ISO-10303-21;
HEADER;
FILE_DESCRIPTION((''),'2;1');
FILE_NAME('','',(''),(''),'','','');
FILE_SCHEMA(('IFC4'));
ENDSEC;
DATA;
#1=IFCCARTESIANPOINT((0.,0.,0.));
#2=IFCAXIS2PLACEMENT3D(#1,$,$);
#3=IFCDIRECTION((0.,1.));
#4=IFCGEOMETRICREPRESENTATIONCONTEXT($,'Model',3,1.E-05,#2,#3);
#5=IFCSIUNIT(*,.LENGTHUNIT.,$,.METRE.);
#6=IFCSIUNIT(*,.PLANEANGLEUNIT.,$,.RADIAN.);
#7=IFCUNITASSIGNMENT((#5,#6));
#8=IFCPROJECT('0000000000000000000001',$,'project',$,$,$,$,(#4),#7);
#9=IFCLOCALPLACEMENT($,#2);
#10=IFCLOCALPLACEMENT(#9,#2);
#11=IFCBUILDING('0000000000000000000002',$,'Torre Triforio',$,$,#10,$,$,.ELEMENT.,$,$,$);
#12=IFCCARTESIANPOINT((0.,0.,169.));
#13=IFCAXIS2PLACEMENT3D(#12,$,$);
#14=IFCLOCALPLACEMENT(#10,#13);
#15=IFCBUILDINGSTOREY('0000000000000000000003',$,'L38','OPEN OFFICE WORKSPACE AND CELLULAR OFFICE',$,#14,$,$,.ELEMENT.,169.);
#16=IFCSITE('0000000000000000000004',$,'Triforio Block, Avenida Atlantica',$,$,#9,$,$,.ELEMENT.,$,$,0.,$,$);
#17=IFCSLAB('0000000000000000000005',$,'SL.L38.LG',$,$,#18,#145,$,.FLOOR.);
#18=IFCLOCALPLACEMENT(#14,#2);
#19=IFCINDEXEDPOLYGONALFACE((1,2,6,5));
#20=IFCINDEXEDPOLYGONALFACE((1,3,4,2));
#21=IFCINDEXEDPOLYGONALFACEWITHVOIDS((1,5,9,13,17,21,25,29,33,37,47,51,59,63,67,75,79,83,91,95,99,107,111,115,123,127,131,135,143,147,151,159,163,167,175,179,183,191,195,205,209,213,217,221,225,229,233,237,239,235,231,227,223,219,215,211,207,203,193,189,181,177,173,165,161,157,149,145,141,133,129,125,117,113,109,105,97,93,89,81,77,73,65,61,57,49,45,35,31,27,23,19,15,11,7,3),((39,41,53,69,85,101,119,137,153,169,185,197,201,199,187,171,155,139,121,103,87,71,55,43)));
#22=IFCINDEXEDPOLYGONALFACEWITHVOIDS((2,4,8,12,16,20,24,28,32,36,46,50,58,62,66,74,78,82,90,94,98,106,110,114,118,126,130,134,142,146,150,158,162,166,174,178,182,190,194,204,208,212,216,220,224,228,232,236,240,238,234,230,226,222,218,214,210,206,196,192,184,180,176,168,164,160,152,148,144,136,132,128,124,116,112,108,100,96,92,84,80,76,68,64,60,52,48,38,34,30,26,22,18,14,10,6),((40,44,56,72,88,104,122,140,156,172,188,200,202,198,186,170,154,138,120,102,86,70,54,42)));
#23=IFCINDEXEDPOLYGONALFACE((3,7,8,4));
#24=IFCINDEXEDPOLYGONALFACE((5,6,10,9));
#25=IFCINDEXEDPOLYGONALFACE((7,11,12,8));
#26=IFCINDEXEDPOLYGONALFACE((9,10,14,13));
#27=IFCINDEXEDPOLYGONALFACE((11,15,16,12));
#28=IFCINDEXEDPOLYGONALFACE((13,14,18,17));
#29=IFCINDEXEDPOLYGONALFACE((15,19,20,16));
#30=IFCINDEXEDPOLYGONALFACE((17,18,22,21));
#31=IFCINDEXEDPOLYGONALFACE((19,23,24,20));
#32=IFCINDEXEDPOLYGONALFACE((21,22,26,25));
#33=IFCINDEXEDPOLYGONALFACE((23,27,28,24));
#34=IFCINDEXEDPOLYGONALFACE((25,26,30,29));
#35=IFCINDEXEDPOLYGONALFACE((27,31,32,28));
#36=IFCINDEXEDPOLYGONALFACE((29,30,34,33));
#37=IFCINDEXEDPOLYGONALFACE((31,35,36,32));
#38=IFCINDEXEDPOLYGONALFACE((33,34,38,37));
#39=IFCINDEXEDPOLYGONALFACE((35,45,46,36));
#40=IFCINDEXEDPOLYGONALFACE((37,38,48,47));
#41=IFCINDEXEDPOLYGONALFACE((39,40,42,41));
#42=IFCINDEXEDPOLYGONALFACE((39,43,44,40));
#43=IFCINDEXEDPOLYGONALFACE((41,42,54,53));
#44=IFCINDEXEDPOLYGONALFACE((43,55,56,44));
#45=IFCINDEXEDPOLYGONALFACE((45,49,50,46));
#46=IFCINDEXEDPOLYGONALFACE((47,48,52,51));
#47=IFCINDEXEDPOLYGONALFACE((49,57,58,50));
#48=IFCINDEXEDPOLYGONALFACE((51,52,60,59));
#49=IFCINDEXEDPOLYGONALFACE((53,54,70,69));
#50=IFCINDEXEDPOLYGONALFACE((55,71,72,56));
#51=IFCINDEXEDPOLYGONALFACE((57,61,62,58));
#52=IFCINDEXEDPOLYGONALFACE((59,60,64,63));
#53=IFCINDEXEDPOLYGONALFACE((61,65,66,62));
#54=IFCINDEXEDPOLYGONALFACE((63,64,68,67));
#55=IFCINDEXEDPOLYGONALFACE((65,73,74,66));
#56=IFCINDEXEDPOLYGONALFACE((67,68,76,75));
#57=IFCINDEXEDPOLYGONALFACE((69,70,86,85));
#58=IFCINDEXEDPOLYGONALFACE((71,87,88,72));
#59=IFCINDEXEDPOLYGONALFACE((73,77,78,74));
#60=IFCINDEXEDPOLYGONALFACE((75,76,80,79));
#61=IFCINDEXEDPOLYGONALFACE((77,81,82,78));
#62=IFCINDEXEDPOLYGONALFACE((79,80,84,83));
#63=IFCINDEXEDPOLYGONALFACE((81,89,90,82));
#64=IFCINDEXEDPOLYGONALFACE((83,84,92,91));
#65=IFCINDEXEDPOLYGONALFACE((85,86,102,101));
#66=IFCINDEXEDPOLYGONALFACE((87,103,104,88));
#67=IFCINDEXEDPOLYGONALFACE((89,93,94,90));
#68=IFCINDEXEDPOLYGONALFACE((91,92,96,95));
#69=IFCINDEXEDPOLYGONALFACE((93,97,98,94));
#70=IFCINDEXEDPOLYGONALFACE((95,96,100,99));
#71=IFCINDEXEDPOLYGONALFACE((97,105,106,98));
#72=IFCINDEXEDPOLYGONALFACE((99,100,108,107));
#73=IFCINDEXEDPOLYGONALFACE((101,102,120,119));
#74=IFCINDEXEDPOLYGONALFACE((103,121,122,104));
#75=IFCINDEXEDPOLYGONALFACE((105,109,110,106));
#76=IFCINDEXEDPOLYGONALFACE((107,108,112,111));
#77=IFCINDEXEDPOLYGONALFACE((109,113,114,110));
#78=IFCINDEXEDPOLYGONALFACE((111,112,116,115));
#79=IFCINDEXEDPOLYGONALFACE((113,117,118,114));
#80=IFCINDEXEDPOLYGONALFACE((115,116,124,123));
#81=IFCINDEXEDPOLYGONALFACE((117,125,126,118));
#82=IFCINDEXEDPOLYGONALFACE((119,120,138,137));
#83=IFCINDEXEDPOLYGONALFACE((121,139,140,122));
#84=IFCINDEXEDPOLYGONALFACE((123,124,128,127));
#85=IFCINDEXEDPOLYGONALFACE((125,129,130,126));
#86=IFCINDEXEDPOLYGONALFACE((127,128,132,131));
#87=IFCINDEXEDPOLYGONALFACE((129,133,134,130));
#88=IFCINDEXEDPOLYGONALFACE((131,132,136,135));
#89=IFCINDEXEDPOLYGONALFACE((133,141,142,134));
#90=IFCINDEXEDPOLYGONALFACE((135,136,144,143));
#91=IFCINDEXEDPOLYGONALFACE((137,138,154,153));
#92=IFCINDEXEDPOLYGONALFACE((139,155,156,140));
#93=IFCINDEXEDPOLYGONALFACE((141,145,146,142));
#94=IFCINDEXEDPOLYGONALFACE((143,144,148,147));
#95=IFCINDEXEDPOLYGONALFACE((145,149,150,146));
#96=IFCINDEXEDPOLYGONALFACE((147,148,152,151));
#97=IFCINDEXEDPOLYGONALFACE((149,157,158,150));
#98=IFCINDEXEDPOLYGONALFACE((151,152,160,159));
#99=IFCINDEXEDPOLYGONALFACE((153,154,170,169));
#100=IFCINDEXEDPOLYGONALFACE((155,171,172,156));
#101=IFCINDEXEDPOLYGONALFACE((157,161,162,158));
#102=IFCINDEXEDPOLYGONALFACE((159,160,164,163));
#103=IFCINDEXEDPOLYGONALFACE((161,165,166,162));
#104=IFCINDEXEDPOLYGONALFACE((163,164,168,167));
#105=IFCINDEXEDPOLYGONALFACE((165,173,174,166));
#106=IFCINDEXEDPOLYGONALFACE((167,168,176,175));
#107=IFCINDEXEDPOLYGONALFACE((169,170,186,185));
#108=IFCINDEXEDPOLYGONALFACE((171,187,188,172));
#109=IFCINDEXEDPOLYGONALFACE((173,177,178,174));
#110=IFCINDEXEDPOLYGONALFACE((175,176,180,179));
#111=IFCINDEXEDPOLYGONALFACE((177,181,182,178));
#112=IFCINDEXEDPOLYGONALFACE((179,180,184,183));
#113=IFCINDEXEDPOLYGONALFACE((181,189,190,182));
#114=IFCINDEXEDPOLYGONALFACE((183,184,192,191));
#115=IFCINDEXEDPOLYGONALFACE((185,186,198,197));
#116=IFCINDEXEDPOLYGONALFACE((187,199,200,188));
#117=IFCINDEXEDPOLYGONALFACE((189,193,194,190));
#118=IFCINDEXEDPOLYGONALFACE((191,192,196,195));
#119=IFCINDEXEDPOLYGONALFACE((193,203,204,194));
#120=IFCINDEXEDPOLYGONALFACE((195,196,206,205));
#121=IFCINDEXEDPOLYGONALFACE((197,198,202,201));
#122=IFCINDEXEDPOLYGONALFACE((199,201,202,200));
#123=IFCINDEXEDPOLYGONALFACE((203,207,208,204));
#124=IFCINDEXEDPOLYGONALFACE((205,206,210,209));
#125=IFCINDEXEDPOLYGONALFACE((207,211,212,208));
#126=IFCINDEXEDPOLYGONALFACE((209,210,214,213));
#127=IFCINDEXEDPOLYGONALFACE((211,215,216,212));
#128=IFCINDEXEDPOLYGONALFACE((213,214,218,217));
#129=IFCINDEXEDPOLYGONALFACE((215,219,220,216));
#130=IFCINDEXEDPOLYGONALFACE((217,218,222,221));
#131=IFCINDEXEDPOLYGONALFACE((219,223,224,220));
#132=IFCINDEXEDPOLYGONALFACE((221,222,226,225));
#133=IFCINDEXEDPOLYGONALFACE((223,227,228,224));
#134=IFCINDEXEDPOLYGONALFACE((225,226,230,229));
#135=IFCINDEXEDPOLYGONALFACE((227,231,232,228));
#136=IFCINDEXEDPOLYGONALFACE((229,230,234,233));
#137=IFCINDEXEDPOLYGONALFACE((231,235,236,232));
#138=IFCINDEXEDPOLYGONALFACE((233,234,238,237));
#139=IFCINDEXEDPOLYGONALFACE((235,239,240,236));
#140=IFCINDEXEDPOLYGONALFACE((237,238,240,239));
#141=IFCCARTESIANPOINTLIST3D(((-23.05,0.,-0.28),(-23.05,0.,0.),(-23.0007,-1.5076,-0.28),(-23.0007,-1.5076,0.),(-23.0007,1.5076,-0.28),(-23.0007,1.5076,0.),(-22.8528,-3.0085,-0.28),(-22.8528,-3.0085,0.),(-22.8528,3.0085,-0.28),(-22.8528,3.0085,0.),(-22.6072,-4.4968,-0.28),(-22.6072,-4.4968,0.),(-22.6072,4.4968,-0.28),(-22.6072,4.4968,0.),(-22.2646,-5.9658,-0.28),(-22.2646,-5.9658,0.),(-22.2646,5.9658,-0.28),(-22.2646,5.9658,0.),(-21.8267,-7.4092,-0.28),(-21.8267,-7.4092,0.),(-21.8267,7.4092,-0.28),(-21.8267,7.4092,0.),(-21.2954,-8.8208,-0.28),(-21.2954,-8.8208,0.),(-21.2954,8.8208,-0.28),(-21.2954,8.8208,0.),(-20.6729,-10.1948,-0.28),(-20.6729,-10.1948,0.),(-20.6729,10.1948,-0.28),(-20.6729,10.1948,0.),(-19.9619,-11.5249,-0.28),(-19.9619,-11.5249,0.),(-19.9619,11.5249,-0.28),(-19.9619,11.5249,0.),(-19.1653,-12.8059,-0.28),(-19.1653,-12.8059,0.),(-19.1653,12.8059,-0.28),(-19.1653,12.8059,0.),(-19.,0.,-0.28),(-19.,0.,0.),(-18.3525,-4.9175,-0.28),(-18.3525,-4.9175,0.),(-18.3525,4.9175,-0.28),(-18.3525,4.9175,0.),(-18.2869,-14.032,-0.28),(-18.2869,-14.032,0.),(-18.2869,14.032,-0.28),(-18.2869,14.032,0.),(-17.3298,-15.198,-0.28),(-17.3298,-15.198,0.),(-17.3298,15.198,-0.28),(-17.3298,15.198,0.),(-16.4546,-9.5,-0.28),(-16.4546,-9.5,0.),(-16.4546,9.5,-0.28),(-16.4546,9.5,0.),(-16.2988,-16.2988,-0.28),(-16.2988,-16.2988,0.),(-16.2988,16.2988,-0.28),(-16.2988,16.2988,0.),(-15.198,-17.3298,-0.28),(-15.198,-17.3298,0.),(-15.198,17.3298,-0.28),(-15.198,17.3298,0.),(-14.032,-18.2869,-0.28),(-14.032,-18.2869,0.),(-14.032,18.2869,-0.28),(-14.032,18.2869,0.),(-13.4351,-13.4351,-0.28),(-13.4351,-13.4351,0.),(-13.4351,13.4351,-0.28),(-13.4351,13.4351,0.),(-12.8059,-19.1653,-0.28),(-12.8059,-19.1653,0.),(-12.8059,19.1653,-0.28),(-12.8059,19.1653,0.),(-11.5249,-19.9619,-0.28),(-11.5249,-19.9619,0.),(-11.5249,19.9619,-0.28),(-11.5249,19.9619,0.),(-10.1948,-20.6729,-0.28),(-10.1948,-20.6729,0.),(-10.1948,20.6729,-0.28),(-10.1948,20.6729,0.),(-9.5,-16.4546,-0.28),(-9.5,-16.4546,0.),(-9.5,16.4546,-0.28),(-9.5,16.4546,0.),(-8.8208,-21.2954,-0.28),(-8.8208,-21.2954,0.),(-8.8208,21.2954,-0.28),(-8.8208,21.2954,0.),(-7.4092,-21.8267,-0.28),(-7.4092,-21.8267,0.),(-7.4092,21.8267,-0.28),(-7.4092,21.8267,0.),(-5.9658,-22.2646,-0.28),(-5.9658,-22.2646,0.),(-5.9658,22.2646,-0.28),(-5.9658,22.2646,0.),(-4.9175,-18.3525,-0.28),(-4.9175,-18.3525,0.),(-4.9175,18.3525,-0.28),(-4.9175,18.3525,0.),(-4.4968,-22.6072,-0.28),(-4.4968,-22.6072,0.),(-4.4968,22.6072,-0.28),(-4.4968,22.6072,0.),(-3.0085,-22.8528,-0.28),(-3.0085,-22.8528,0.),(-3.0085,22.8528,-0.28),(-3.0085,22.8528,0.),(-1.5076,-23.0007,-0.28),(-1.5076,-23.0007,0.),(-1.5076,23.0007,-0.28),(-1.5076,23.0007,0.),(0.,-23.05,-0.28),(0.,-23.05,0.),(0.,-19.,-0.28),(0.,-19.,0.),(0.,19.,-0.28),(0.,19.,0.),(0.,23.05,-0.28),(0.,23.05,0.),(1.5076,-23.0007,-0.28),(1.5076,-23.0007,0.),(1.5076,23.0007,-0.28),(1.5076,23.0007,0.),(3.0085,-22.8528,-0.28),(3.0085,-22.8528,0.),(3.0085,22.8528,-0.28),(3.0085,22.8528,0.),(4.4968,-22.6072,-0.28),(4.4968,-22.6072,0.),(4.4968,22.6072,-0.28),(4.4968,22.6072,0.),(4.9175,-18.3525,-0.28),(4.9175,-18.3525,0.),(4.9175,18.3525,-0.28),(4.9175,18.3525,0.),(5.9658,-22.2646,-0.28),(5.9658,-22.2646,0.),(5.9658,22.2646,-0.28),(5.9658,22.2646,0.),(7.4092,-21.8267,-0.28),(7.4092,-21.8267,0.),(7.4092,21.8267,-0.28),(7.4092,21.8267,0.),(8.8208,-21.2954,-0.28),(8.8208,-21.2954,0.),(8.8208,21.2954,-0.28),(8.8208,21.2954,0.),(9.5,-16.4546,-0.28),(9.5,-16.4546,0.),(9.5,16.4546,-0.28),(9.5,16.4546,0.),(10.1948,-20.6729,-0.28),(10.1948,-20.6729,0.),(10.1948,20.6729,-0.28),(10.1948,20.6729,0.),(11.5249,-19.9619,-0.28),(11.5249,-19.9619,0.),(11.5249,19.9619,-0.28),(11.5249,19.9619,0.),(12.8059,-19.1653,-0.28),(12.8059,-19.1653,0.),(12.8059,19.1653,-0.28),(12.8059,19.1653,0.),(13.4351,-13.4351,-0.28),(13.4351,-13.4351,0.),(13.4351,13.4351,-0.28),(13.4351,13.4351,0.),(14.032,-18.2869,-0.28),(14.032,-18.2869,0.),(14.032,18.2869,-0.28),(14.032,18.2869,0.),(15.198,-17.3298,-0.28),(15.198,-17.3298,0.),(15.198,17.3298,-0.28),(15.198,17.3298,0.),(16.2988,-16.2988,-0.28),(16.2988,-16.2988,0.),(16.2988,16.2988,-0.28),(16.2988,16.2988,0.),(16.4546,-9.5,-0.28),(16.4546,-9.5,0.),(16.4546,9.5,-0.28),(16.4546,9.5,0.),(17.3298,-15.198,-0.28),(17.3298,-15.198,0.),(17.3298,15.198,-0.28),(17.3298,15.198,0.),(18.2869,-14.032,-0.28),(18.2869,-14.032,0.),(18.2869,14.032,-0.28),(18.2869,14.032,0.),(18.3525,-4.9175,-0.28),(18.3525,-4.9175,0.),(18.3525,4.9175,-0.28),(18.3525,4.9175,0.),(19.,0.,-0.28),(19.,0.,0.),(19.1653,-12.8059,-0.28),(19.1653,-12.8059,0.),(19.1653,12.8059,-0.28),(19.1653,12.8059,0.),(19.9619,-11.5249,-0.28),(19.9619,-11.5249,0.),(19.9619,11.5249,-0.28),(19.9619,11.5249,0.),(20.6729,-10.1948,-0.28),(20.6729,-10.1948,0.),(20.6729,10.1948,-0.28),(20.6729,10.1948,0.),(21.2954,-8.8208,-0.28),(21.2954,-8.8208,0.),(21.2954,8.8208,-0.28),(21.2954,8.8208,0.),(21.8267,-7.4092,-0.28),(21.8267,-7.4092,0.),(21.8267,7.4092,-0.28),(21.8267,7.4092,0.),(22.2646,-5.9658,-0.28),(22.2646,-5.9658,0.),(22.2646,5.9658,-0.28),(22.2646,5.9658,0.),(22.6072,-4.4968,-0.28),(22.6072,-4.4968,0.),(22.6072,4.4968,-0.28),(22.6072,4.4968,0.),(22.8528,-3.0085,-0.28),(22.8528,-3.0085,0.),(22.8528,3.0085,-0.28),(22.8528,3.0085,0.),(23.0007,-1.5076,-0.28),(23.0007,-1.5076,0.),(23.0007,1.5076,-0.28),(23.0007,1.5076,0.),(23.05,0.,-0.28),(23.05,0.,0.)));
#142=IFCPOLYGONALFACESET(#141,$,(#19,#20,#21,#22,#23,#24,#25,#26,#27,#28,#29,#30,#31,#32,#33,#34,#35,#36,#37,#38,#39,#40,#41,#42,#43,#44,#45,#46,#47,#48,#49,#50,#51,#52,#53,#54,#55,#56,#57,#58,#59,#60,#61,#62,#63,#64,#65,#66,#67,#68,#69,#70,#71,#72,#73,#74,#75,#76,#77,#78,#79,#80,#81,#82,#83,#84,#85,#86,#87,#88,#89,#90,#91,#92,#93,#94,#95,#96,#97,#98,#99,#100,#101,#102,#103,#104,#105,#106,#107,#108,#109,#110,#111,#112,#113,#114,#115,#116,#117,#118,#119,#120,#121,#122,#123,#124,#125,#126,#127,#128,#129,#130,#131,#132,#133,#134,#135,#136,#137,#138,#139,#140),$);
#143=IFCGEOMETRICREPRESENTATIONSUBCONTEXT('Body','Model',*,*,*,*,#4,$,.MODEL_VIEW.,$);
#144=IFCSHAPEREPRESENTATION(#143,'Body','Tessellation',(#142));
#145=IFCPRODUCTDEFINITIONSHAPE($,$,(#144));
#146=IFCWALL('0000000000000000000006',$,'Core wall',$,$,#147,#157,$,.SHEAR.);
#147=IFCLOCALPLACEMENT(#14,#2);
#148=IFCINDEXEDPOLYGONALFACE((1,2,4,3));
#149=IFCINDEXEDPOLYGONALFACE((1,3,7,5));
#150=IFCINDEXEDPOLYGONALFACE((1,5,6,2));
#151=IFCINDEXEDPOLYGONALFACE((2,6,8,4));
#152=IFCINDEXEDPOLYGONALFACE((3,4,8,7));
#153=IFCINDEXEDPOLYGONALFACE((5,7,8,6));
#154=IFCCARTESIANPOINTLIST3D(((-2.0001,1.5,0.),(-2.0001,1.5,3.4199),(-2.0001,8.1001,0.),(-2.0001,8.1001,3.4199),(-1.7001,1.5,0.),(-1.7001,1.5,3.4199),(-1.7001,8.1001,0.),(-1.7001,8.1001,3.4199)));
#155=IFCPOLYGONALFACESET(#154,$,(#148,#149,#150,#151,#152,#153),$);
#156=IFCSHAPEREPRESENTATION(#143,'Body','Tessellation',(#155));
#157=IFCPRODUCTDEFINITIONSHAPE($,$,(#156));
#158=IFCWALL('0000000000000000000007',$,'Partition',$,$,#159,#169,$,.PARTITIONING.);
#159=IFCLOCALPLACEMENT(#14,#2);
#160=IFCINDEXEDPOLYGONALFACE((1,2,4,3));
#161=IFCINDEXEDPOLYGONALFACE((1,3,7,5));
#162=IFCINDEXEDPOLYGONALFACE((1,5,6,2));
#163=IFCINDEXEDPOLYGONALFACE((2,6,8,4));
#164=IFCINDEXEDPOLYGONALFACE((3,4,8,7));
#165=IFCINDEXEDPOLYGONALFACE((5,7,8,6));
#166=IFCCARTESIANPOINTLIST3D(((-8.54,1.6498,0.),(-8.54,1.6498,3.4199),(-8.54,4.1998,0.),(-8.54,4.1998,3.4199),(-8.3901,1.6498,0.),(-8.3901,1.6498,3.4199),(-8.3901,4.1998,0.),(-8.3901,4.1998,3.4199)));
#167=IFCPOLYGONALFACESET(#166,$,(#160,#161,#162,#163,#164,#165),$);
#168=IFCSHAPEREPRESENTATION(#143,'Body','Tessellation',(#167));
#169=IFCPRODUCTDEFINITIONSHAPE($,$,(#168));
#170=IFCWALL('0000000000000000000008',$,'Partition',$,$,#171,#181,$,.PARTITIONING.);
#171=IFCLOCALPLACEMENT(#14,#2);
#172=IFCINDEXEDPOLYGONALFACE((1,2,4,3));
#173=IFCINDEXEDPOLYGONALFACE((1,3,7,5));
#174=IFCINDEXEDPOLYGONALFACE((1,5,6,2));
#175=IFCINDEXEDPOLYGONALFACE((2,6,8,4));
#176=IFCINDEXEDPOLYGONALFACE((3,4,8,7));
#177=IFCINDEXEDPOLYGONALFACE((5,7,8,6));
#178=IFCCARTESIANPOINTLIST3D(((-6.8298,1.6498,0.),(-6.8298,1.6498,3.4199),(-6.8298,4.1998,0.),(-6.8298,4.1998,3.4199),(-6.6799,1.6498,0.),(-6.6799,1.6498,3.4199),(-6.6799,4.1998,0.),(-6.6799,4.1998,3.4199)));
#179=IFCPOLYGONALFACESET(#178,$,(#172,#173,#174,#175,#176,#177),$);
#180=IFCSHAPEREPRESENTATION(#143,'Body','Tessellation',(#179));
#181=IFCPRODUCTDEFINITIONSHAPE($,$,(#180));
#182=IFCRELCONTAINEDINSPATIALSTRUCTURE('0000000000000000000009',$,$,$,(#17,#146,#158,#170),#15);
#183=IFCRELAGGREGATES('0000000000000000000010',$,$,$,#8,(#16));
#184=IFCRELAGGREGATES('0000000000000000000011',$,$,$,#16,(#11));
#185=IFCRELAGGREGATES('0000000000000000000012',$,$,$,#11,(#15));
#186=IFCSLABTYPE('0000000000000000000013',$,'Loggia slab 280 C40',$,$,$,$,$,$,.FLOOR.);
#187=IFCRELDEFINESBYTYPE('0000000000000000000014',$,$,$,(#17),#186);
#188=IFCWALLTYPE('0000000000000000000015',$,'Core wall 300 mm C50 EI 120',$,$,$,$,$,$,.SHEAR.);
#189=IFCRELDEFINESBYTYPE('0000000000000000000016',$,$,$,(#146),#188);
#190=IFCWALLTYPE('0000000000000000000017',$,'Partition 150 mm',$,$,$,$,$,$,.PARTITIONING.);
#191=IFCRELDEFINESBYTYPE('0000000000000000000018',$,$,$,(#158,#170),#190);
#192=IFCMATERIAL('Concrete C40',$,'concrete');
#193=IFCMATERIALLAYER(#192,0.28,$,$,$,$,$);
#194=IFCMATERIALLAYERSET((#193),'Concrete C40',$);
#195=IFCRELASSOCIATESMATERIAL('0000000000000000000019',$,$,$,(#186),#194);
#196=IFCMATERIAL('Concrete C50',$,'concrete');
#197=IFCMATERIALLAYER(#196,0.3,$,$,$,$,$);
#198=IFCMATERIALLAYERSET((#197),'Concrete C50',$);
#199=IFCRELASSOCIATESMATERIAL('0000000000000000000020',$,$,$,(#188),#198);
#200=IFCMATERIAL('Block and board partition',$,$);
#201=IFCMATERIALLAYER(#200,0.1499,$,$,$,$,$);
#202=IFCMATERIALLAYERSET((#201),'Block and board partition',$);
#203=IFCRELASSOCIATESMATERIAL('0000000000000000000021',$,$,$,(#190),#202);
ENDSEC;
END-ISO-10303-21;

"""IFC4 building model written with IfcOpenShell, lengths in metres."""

from ifc_helpers import new_model, si_unit, direction, frame, frame_2d, origin, place, context, subcontext, project, spatial, polyline, rectangle, outline, extrude, material, layer, layer_set, type_object, element, save


model = new_model("IFC4")

# Units and contexts
model_context = context("Model", 3, precision=1e-05, world=origin(), true_north=direction((0.0, 1.0)))
body_context = subcontext(model_context, "Body", "Model", "MODEL_VIEW")
ifc_project = project(units=[si_unit("LENGTHUNIT", "METRE"), si_unit("PLANEANGLEUNIT", "RADIAN")], contexts=[model_context])

# Site, building, storey
site_placement = place(None, origin())
site = spatial("IfcSite", under=ifc_project, at=site_placement, Name="Triforio Block, Avenida Atlantica", CompositionType="ELEMENT", RefElevation=0.0)
building_placement = place(site_placement, origin())
building = spatial("IfcBuilding", under=site, at=building_placement, Name="Torre Triforio", CompositionType="ELEMENT")
storey_placement = place(building_placement, frame((0.0, 0.0, 169.0)))
storey = spatial("IfcBuildingStorey", under=building, at=storey_placement, Name="L38", Description="OPEN OFFICE WORKSPACE AND CELLULAR OFFICE", CompositionType="ELEMENT", Elevation=169.0)

# Shared definitions
ifc_material_1 = material(Name="Concrete C40", Category="concrete")

# Slab
ifc_layer_1 = layer(ifc_material_1, 0.28)
ifc_layer_set_1 = layer_set([ifc_layer_1], Name="Concrete C40")
slab_type_1 = type_object("IfcSlabType", Name="Loggia slab 280 C40", PredefinedType="FLOOR", material=ifc_layer_set_1)
slab_1_placement = place(storey_placement, frame((0.0, 0.0, -0.28)))
element("IfcSlab", 1, at=slab_1_placement, inside=storey, type_object=slab_type_1, Name="SL.L38.LG", PredefinedType="FLOOR", context=body_context, shape_type="SweptSolid", body=[
    extrude(outline(polyline([(23.0007, -1.5076), (23.05, 0.0), (23.0007, 1.5076), (22.8528, 3.0085), (22.6072, 4.4968), (22.2646, 5.9658), (21.8267, 7.4092), (21.2954, 8.8208), (20.6729, 10.1948), (19.9619, 11.5249), (19.1653, 12.8059), (18.2869, 14.032), (17.3298, 15.198), (16.2988, 16.2988), (15.198, 17.3298), (14.032, 18.2869), (12.8059, 19.1653), (11.5249, 19.9619), (10.1948, 20.6729), (8.8208, 21.2954), (7.4092, 21.8267), (5.9658, 22.2646), (4.4968, 22.6072), (3.0085, 22.8528), (1.5076, 23.0007), (0.0, 23.05), (-1.5076, 23.0007), (-3.0085, 22.8528), (-4.4968, 22.6072), (-5.9658, 22.2646), (-7.4092, 21.8267), (-8.8208, 21.2954), (-10.1948, 20.6729), (-11.5249, 19.9619), (-12.8059, 19.1653), (-14.032, 18.2869), (-15.198, 17.3298), (-16.2988, 16.2988), (-17.3298, 15.198), (-18.2869, 14.032), (-19.1653, 12.8059), (-19.9619, 11.5249), (-20.6729, 10.1948), (-21.2954, 8.8208), (-21.8267, 7.4092), (-22.2646, 5.9658), (-22.6072, 4.4968), (-22.8528, 3.0085), (-23.0007, 1.5076), (-23.05, 0.0), (-23.0007, -1.5076), (-22.8528, -3.0085), (-22.6072, -4.4968), (-22.2646, -5.9658), (-21.8267, -7.4092), (-21.2954, -8.8208), (-20.6729, -10.1948), (-19.9619, -11.5249), (-19.1653, -12.8059), (-18.2869, -14.032), (-17.3298, -15.198), (-16.2988, -16.2988), (-15.198, -17.3298), (-14.032, -18.2869), (-12.8059, -19.1653), (-11.5249, -19.9619), (-10.1948, -20.6729), (-8.8208, -21.2954), (-7.4092, -21.8267), (-5.9658, -22.2646), (-4.4968, -22.6072), (-3.0085, -22.8528), (-1.5076, -23.0007), (0.0, -23.05), (1.5076, -23.0007), (3.0085, -22.8528), (4.4968, -22.6072), (5.9658, -22.2646), (7.4092, -21.8267), (8.8208, -21.2954), (10.1948, -20.6729), (11.5249, -19.9619), (12.8059, -19.1653), (14.032, -18.2869), (15.198, -17.3298), (16.2988, -16.2988), (17.3298, -15.198), (18.2869, -14.032), (19.1653, -12.8059), (19.9619, -11.5249), (20.6729, -10.1948), (21.2954, -8.8208), (21.8267, -7.4092), (22.2646, -5.9658), (22.6072, -4.4968), (22.8528, -3.0085), (23.0007, -1.5076)]), holes=[polyline([(18.3525, 4.9175), (19.0, 0.0), (18.3525, -4.9175), (16.4546, -9.5), (13.4351, -13.4351), (9.5, -16.4546), (4.9175, -18.3525), (0.0, -19.0), (-4.9175, -18.3525), (-9.5, -16.4546), (-13.4351, -13.4351), (-16.4546, -9.5), (-18.3525, -4.9175), (-19.0, 0.0), (-18.3525, 4.9175), (-16.4546, 9.5), (-13.4351, 13.4351), (-9.5, 16.4546), (-4.9175, 18.3525), (0.0, 19.0), (4.9175, 18.3525), (9.5, 16.4546), (13.4351, 13.4351), (16.4546, 9.5), (18.3525, 4.9175)])]), origin(), (0.0, 0.0, 1.0), 0.28),
])

# Walls
ifc_material_2 = material(Name="Concrete C50", Category="concrete")
ifc_layer_2 = layer(ifc_material_2, 0.3)
ifc_layer_set_2 = layer_set([ifc_layer_2], Name="Concrete C50")
wall_type_1 = type_object("IfcWallType", Name="Core wall 300 mm C50 EI 120", PredefinedType="SHEAR", material=ifc_layer_set_2)
wall_1_placement = place(storey_placement, frame((-1.8501, 1.5, 0.0), z_axis=(0.0, 0.0, 1.0), x_axis=(0.0, 1.0, 0.0)))
element("IfcWall", 2, at=wall_1_placement, inside=storey, type_object=wall_type_1, Name="Core wall", PredefinedType="SHEAR", context=body_context, shape_type="SweptSolid", body=[
    extrude(rectangle(XDim=6.6001, YDim=0.3, at=frame_2d((3.3, 0.0))), origin(), (0.0, 0.0, 1.0), 3.4199),
])
ifc_material_3 = material(Name="Block and board partition")
ifc_layer_3 = layer(ifc_material_3, 0.1499)
ifc_layer_set_3 = layer_set([ifc_layer_3], Name="Block and board partition")
wall_type_2 = type_object("IfcWallType", Name="Partition 150 mm", PredefinedType="PARTITIONING", material=ifc_layer_set_3)
for number, where, z_axis, x_axis, name in (
    (3, (-8.4651, 1.6499, 0.0), (0.0, 0.0, 1.0), (0.0, 1.0, 0.0), "Partition"),
    (4, (-6.7549, 1.6499, 0.0), (0.0, 0.0, 1.0), (0.0, 1.0, 0.0), "Partition"),
):
    element("IfcWall", number, at=place(storey_placement, frame(where, z_axis=z_axis, x_axis=x_axis)), inside=storey, type_object=wall_type_2, Name=name, PredefinedType="PARTITIONING", context=body_context, shape_type="SweptSolid", body=[
        extrude(rectangle(XDim=2.55, YDim=0.1499, at=frame_2d((1.2749, 0.0))), origin(), (0.0, 0.0, 1.0), 3.4199),
    ])

save(model, "model.ifc")
